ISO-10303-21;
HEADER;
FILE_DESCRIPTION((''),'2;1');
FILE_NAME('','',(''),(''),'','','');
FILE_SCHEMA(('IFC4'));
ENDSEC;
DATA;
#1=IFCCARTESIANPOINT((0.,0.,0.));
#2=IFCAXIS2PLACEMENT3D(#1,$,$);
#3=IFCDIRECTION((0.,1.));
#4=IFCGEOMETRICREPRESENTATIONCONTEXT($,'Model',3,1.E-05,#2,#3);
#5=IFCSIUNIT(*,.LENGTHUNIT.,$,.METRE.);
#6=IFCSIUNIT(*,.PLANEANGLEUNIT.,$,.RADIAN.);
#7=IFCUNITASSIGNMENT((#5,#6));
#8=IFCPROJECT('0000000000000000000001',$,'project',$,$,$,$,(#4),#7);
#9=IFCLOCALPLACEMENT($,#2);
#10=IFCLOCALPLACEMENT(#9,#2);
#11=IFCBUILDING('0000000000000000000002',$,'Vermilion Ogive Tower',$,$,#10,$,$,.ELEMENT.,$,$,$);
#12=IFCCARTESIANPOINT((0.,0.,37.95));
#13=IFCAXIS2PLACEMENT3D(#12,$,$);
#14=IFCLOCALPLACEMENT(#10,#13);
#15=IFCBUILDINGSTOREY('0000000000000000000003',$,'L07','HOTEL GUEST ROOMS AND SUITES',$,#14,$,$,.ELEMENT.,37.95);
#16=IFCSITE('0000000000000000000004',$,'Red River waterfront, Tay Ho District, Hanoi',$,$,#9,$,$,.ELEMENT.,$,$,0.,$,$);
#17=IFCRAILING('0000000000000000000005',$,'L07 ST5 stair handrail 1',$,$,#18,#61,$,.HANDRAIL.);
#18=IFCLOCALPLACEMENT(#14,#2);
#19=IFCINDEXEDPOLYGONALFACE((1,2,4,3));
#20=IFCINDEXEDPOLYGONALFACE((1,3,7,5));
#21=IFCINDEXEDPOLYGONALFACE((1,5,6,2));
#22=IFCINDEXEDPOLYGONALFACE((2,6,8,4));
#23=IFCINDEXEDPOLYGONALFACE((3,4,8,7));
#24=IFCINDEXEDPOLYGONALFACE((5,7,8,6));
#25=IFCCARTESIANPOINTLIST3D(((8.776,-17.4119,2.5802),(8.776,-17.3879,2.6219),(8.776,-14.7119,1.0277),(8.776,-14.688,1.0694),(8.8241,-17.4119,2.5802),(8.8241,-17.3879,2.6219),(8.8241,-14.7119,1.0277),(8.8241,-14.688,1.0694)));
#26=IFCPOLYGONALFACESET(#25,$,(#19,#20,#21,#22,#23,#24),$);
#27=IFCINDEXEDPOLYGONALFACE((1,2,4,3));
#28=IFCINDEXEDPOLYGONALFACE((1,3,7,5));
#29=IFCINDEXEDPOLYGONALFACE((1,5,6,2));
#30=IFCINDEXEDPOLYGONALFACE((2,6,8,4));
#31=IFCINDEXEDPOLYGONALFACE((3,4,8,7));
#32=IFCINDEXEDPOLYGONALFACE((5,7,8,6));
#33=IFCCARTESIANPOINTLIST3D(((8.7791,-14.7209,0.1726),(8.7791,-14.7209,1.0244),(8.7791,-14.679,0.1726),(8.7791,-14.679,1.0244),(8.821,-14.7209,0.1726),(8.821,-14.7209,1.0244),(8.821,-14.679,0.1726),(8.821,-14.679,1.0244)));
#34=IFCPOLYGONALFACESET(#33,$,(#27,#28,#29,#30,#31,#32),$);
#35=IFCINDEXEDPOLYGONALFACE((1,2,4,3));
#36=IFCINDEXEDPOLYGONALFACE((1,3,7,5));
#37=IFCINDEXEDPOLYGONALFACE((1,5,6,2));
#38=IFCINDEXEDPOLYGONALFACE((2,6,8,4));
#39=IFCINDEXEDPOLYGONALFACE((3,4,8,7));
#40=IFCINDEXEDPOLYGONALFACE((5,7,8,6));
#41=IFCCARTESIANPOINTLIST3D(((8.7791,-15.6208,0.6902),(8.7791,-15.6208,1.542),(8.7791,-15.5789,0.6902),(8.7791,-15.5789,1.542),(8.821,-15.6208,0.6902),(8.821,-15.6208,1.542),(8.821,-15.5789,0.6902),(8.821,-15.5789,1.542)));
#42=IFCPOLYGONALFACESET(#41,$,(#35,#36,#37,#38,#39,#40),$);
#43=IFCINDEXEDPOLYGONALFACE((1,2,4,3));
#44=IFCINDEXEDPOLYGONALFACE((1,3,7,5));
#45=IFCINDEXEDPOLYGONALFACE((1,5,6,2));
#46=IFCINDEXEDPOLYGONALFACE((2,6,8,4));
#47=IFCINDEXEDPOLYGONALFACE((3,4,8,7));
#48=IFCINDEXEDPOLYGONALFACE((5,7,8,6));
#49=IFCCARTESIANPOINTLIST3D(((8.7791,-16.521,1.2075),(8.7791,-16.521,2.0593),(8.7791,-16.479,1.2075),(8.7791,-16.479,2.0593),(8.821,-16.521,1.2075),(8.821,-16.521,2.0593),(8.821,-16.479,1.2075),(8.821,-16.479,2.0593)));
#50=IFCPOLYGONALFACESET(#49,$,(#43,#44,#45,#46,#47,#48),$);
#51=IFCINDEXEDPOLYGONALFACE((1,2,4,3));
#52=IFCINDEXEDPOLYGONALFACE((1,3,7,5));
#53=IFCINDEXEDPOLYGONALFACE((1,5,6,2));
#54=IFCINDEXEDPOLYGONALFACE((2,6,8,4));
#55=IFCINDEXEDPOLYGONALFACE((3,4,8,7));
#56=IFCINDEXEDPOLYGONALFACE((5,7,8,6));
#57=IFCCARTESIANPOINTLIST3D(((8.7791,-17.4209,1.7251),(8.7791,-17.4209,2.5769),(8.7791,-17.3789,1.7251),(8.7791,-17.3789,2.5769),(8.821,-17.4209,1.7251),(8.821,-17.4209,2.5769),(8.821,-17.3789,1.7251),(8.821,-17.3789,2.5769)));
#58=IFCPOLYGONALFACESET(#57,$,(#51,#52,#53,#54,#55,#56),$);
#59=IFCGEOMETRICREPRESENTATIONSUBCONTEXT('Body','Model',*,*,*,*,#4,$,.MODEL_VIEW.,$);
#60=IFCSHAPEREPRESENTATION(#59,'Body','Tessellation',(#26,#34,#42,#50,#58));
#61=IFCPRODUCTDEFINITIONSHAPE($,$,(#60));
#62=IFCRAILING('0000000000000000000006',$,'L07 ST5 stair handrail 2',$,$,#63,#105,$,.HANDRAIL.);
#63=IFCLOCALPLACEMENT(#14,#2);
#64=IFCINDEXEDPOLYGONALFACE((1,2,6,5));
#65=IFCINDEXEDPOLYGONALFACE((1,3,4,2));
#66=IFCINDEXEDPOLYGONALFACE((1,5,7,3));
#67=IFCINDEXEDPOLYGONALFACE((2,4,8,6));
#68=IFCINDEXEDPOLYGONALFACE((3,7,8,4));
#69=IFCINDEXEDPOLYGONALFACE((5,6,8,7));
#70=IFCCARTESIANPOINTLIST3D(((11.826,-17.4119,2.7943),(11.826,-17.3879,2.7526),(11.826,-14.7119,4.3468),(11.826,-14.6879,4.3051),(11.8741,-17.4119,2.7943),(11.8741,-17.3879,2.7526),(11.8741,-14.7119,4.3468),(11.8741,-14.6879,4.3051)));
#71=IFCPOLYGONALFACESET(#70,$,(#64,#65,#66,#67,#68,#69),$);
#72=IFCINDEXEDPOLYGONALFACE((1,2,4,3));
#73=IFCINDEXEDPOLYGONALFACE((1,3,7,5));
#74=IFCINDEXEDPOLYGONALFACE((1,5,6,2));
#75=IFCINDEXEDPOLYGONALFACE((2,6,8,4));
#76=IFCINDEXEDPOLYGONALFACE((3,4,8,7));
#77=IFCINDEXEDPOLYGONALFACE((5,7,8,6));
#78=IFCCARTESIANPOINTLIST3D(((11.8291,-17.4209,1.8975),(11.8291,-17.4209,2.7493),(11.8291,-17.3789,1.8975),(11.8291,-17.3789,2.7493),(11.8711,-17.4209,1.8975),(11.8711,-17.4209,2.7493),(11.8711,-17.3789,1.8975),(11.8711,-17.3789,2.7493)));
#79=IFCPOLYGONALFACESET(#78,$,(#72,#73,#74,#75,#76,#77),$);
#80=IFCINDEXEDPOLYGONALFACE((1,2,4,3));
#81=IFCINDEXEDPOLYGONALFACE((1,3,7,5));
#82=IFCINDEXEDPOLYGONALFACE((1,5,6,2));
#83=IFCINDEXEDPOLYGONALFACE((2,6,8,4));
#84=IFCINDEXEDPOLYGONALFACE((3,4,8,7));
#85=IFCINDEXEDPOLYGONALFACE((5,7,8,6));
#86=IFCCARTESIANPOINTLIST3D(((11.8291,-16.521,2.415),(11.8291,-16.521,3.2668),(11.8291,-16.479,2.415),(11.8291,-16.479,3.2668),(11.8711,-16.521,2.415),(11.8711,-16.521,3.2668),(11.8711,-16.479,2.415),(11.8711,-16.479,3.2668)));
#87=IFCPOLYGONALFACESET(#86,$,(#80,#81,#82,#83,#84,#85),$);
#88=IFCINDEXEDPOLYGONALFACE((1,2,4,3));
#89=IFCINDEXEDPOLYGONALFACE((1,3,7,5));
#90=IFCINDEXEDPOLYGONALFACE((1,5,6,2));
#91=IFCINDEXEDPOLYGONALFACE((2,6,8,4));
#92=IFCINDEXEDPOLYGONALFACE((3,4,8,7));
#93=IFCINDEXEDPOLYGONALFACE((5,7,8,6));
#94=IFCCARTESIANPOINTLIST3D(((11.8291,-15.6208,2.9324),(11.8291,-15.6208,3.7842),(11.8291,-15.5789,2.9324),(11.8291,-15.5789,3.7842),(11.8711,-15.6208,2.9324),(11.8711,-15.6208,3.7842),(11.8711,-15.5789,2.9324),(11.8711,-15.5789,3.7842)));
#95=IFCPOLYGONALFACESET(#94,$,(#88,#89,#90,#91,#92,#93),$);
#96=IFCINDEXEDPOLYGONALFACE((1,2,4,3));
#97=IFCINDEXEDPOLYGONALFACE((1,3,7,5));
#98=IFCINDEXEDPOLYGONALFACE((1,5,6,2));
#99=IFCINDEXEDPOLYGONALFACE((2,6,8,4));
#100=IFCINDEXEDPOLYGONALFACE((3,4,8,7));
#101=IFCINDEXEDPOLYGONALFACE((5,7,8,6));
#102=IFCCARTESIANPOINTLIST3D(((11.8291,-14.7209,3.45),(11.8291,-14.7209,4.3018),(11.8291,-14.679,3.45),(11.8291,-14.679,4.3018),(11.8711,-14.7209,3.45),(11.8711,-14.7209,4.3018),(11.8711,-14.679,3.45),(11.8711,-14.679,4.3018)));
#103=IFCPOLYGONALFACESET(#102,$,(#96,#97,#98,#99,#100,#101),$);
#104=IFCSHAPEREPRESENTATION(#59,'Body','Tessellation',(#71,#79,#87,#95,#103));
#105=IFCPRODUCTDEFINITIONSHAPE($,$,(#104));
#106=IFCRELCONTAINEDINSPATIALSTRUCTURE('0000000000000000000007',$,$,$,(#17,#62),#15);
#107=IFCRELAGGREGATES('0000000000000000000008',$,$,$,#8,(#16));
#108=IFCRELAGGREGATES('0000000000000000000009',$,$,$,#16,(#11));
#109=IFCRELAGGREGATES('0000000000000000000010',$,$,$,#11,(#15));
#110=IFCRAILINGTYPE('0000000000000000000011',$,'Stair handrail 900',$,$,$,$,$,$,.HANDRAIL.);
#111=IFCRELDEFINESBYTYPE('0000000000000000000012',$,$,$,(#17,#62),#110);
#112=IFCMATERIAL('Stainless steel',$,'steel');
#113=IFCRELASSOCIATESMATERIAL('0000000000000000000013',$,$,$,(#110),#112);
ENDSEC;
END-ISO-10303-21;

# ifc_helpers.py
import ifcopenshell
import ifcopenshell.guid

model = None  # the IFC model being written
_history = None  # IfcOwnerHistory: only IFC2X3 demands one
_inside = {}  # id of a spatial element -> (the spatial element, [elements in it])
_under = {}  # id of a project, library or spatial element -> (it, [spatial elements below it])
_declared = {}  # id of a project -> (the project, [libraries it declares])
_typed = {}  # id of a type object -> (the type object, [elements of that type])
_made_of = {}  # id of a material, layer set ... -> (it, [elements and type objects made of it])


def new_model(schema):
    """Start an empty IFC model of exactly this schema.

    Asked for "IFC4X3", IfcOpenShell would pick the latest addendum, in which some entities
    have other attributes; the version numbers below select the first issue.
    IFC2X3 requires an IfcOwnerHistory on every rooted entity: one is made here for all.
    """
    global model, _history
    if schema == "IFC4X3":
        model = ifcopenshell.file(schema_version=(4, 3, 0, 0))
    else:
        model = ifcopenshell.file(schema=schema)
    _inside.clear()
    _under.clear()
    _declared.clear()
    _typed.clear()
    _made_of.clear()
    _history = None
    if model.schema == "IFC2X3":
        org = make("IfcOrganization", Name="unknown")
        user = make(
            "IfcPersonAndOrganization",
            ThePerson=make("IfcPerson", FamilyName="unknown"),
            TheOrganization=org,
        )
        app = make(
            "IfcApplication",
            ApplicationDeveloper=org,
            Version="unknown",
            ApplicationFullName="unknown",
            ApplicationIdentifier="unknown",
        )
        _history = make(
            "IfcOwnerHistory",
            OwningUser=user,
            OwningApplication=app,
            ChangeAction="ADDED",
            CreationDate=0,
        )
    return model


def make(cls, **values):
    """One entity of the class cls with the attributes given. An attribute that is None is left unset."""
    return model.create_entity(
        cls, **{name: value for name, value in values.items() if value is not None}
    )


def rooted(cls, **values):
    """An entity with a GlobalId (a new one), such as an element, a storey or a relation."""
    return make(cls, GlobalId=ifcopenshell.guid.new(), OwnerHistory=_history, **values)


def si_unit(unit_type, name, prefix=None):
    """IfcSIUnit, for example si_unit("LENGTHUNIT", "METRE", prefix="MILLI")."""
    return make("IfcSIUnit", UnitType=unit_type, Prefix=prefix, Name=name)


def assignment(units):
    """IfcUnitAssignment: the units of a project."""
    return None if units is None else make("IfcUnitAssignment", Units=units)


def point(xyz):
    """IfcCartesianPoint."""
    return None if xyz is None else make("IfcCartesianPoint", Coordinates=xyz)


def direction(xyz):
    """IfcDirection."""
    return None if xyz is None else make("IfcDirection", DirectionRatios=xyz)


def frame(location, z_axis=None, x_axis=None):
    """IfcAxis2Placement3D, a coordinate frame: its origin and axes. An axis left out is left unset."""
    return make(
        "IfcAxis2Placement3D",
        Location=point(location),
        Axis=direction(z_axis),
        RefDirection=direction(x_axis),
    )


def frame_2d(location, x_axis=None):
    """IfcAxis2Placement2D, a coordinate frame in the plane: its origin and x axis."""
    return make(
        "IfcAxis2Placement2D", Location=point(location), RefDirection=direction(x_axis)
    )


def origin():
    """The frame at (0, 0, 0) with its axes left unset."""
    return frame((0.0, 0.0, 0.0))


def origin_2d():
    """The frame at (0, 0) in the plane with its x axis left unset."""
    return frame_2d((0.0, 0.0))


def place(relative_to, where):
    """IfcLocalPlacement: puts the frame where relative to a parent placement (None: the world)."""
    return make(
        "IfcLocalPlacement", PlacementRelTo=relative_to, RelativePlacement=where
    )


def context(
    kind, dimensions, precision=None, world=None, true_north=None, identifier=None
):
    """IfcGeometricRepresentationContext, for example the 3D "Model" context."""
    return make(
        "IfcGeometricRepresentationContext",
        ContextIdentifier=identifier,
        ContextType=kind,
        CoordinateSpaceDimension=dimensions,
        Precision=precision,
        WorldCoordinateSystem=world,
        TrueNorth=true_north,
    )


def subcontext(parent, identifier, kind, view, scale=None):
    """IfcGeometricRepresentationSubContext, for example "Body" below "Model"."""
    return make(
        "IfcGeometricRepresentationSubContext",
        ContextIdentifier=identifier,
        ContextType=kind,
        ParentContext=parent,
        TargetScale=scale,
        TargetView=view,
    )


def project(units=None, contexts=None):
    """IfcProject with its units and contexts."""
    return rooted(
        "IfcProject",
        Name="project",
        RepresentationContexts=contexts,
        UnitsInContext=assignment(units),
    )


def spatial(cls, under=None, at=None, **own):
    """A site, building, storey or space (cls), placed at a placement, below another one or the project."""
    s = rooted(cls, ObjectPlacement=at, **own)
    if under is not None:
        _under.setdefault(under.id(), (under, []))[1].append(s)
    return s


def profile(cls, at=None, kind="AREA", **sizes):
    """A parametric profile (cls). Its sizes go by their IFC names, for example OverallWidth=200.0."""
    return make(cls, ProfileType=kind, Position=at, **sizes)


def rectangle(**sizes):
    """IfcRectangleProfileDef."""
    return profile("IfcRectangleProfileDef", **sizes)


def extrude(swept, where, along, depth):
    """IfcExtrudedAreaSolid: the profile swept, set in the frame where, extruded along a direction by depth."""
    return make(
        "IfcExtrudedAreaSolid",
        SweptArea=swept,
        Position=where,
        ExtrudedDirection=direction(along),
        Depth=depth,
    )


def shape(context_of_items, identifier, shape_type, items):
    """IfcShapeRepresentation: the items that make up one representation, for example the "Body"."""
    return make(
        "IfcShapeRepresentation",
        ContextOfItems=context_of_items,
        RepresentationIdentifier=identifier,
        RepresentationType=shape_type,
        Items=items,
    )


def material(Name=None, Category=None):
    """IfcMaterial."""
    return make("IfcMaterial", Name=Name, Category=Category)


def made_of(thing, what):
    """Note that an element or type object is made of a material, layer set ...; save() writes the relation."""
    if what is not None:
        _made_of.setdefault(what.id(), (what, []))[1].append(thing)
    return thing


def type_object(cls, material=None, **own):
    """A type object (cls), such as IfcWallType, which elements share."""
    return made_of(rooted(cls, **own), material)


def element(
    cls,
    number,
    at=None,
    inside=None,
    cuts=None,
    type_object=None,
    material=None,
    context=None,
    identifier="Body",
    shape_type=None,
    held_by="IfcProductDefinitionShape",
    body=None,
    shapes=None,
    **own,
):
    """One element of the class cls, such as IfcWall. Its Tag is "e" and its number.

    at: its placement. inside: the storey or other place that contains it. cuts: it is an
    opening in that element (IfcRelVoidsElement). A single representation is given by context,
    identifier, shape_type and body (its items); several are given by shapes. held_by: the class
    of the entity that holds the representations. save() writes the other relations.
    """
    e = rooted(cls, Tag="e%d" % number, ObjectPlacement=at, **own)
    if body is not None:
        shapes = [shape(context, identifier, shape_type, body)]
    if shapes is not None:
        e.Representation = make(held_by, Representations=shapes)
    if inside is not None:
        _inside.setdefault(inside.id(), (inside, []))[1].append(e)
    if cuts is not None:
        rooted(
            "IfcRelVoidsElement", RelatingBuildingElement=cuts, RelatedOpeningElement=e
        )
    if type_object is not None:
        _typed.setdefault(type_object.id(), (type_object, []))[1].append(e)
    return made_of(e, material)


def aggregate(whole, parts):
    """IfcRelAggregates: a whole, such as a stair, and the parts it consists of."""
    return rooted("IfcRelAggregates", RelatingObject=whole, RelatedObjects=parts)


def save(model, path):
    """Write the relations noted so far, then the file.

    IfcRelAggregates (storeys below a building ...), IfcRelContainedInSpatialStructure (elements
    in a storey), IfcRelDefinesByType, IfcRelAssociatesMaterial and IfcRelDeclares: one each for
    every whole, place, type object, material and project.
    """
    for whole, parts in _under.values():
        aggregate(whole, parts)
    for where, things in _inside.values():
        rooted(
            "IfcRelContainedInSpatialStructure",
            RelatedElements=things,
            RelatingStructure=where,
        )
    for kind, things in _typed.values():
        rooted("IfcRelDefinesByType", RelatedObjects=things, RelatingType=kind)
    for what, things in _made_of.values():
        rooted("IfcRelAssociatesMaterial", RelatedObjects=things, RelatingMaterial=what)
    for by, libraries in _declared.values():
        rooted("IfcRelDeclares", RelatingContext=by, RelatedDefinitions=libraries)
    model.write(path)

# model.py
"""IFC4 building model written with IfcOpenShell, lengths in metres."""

from ifc_helpers import new_model, si_unit, direction, frame, origin, origin_2d, place, context, subcontext, project, spatial, rectangle, extrude, material, type_object, element, save


model = new_model("IFC4")

# Units and contexts
model_context = context("Model", 3, precision=1e-05, world=origin(), true_north=direction((0.0, 1.0)))
body_context = subcontext(model_context, "Body", "Model", "MODEL_VIEW")
ifc_project = project(units=[si_unit("LENGTHUNIT", "METRE"), si_unit("PLANEANGLEUNIT", "RADIAN")], contexts=[model_context])

# Site, building, storey
site_placement = place(None, origin())
site = spatial("IfcSite", under=ifc_project, at=site_placement, Name="Red River waterfront, Tay Ho District, Hanoi", CompositionType="ELEMENT", RefElevation=0.0)
building_placement = place(site_placement, origin())
building = spatial("IfcBuilding", under=site, at=building_placement, Name="Vermilion Ogive Tower", CompositionType="ELEMENT")
storey_placement = place(building_placement, frame((0.0, 0.0, 37.95)))
storey = spatial("IfcBuildingStorey", under=building, at=storey_placement, Name="L07", Description="HOTEL GUEST ROOMS AND SUITES", CompositionType="ELEMENT", Elevation=37.95)

# Railings
ifc_material_1 = material(Name="Stainless steel", Category="steel")
railing_type = type_object("IfcRailingType", Name="Stair handrail 900", PredefinedType="HANDRAIL", material=ifc_material_1)
railing_1_placement = place(storey_placement, frame((8.8, -14.7, 0.1726)))
element("IfcRailing", 1, at=railing_1_placement, inside=storey, type_object=railing_type, Name="L07 ST5 stair handrail 1", PredefinedType="HANDRAIL", context=body_context, shape_type="SweptSolid", body=[
    extrude(rectangle(XDim=0.0481, YDim=0.0481, at=origin_2d()), frame((0.0, 0.0, 0.876), z_axis=(0.0, -0.866904, 0.498476), x_axis=(1.0, 0.0, 0.0)), (0.0, 0.0, 1.0), 3.1145),
    extrude(rectangle(XDim=0.042, YDim=0.042, at=origin_2d()), origin(), (0.0, 0.0, 1.0), 0.8518),
    extrude(rectangle(XDim=0.042, YDim=0.042, at=origin_2d()), frame((0.0, -0.8999, 0.5176)), (0.0, 0.0, 1.0), 0.8518),
    extrude(rectangle(XDim=0.042, YDim=0.042, at=origin_2d()), frame((0.0, -1.8, 1.0349)), (0.0, 0.0, 1.0), 0.8518),
    extrude(rectangle(XDim=0.042, YDim=0.042, at=origin_2d()), frame((0.0, -2.7, 1.5525)), (0.0, 0.0, 1.0), 0.8518),
])
railing_2_placement = place(storey_placement, frame((11.8501, -17.3999, 1.8975)))
element("IfcRailing", 2, at=railing_2_placement, inside=storey, type_object=railing_type, Name="L07 ST5 stair handrail 2", PredefinedType="HANDRAIL", context=body_context, shape_type="SweptSolid", body=[
    extrude(rectangle(XDim=0.0481, YDim=0.0481, at=origin_2d()), frame((0.0, 0.0, 0.876), z_axis=(0.0, 0.866904, 0.498476), x_axis=(-1.0, 0.0, 0.0)), (0.0, 0.0, 1.0), 3.1145),
    extrude(rectangle(XDim=0.042, YDim=0.042, at=origin_2d()), origin(), (0.0, 0.0, 1.0), 0.8518),
    extrude(rectangle(XDim=0.042, YDim=0.042, at=origin_2d()), frame((0.0, 0.8999, 0.5176)), (0.0, 0.0, 1.0), 0.8518),
    extrude(rectangle(XDim=0.042, YDim=0.042, at=origin_2d()), frame((0.0, 1.8, 1.0349)), (0.0, 0.0, 1.0), 0.8518),
    extrude(rectangle(XDim=0.042, YDim=0.042, at=origin_2d()), frame((0.0, 2.7, 1.5525)), (0.0, 0.0, 1.0), 0.8518),
])

save(model, "model.ifc")
